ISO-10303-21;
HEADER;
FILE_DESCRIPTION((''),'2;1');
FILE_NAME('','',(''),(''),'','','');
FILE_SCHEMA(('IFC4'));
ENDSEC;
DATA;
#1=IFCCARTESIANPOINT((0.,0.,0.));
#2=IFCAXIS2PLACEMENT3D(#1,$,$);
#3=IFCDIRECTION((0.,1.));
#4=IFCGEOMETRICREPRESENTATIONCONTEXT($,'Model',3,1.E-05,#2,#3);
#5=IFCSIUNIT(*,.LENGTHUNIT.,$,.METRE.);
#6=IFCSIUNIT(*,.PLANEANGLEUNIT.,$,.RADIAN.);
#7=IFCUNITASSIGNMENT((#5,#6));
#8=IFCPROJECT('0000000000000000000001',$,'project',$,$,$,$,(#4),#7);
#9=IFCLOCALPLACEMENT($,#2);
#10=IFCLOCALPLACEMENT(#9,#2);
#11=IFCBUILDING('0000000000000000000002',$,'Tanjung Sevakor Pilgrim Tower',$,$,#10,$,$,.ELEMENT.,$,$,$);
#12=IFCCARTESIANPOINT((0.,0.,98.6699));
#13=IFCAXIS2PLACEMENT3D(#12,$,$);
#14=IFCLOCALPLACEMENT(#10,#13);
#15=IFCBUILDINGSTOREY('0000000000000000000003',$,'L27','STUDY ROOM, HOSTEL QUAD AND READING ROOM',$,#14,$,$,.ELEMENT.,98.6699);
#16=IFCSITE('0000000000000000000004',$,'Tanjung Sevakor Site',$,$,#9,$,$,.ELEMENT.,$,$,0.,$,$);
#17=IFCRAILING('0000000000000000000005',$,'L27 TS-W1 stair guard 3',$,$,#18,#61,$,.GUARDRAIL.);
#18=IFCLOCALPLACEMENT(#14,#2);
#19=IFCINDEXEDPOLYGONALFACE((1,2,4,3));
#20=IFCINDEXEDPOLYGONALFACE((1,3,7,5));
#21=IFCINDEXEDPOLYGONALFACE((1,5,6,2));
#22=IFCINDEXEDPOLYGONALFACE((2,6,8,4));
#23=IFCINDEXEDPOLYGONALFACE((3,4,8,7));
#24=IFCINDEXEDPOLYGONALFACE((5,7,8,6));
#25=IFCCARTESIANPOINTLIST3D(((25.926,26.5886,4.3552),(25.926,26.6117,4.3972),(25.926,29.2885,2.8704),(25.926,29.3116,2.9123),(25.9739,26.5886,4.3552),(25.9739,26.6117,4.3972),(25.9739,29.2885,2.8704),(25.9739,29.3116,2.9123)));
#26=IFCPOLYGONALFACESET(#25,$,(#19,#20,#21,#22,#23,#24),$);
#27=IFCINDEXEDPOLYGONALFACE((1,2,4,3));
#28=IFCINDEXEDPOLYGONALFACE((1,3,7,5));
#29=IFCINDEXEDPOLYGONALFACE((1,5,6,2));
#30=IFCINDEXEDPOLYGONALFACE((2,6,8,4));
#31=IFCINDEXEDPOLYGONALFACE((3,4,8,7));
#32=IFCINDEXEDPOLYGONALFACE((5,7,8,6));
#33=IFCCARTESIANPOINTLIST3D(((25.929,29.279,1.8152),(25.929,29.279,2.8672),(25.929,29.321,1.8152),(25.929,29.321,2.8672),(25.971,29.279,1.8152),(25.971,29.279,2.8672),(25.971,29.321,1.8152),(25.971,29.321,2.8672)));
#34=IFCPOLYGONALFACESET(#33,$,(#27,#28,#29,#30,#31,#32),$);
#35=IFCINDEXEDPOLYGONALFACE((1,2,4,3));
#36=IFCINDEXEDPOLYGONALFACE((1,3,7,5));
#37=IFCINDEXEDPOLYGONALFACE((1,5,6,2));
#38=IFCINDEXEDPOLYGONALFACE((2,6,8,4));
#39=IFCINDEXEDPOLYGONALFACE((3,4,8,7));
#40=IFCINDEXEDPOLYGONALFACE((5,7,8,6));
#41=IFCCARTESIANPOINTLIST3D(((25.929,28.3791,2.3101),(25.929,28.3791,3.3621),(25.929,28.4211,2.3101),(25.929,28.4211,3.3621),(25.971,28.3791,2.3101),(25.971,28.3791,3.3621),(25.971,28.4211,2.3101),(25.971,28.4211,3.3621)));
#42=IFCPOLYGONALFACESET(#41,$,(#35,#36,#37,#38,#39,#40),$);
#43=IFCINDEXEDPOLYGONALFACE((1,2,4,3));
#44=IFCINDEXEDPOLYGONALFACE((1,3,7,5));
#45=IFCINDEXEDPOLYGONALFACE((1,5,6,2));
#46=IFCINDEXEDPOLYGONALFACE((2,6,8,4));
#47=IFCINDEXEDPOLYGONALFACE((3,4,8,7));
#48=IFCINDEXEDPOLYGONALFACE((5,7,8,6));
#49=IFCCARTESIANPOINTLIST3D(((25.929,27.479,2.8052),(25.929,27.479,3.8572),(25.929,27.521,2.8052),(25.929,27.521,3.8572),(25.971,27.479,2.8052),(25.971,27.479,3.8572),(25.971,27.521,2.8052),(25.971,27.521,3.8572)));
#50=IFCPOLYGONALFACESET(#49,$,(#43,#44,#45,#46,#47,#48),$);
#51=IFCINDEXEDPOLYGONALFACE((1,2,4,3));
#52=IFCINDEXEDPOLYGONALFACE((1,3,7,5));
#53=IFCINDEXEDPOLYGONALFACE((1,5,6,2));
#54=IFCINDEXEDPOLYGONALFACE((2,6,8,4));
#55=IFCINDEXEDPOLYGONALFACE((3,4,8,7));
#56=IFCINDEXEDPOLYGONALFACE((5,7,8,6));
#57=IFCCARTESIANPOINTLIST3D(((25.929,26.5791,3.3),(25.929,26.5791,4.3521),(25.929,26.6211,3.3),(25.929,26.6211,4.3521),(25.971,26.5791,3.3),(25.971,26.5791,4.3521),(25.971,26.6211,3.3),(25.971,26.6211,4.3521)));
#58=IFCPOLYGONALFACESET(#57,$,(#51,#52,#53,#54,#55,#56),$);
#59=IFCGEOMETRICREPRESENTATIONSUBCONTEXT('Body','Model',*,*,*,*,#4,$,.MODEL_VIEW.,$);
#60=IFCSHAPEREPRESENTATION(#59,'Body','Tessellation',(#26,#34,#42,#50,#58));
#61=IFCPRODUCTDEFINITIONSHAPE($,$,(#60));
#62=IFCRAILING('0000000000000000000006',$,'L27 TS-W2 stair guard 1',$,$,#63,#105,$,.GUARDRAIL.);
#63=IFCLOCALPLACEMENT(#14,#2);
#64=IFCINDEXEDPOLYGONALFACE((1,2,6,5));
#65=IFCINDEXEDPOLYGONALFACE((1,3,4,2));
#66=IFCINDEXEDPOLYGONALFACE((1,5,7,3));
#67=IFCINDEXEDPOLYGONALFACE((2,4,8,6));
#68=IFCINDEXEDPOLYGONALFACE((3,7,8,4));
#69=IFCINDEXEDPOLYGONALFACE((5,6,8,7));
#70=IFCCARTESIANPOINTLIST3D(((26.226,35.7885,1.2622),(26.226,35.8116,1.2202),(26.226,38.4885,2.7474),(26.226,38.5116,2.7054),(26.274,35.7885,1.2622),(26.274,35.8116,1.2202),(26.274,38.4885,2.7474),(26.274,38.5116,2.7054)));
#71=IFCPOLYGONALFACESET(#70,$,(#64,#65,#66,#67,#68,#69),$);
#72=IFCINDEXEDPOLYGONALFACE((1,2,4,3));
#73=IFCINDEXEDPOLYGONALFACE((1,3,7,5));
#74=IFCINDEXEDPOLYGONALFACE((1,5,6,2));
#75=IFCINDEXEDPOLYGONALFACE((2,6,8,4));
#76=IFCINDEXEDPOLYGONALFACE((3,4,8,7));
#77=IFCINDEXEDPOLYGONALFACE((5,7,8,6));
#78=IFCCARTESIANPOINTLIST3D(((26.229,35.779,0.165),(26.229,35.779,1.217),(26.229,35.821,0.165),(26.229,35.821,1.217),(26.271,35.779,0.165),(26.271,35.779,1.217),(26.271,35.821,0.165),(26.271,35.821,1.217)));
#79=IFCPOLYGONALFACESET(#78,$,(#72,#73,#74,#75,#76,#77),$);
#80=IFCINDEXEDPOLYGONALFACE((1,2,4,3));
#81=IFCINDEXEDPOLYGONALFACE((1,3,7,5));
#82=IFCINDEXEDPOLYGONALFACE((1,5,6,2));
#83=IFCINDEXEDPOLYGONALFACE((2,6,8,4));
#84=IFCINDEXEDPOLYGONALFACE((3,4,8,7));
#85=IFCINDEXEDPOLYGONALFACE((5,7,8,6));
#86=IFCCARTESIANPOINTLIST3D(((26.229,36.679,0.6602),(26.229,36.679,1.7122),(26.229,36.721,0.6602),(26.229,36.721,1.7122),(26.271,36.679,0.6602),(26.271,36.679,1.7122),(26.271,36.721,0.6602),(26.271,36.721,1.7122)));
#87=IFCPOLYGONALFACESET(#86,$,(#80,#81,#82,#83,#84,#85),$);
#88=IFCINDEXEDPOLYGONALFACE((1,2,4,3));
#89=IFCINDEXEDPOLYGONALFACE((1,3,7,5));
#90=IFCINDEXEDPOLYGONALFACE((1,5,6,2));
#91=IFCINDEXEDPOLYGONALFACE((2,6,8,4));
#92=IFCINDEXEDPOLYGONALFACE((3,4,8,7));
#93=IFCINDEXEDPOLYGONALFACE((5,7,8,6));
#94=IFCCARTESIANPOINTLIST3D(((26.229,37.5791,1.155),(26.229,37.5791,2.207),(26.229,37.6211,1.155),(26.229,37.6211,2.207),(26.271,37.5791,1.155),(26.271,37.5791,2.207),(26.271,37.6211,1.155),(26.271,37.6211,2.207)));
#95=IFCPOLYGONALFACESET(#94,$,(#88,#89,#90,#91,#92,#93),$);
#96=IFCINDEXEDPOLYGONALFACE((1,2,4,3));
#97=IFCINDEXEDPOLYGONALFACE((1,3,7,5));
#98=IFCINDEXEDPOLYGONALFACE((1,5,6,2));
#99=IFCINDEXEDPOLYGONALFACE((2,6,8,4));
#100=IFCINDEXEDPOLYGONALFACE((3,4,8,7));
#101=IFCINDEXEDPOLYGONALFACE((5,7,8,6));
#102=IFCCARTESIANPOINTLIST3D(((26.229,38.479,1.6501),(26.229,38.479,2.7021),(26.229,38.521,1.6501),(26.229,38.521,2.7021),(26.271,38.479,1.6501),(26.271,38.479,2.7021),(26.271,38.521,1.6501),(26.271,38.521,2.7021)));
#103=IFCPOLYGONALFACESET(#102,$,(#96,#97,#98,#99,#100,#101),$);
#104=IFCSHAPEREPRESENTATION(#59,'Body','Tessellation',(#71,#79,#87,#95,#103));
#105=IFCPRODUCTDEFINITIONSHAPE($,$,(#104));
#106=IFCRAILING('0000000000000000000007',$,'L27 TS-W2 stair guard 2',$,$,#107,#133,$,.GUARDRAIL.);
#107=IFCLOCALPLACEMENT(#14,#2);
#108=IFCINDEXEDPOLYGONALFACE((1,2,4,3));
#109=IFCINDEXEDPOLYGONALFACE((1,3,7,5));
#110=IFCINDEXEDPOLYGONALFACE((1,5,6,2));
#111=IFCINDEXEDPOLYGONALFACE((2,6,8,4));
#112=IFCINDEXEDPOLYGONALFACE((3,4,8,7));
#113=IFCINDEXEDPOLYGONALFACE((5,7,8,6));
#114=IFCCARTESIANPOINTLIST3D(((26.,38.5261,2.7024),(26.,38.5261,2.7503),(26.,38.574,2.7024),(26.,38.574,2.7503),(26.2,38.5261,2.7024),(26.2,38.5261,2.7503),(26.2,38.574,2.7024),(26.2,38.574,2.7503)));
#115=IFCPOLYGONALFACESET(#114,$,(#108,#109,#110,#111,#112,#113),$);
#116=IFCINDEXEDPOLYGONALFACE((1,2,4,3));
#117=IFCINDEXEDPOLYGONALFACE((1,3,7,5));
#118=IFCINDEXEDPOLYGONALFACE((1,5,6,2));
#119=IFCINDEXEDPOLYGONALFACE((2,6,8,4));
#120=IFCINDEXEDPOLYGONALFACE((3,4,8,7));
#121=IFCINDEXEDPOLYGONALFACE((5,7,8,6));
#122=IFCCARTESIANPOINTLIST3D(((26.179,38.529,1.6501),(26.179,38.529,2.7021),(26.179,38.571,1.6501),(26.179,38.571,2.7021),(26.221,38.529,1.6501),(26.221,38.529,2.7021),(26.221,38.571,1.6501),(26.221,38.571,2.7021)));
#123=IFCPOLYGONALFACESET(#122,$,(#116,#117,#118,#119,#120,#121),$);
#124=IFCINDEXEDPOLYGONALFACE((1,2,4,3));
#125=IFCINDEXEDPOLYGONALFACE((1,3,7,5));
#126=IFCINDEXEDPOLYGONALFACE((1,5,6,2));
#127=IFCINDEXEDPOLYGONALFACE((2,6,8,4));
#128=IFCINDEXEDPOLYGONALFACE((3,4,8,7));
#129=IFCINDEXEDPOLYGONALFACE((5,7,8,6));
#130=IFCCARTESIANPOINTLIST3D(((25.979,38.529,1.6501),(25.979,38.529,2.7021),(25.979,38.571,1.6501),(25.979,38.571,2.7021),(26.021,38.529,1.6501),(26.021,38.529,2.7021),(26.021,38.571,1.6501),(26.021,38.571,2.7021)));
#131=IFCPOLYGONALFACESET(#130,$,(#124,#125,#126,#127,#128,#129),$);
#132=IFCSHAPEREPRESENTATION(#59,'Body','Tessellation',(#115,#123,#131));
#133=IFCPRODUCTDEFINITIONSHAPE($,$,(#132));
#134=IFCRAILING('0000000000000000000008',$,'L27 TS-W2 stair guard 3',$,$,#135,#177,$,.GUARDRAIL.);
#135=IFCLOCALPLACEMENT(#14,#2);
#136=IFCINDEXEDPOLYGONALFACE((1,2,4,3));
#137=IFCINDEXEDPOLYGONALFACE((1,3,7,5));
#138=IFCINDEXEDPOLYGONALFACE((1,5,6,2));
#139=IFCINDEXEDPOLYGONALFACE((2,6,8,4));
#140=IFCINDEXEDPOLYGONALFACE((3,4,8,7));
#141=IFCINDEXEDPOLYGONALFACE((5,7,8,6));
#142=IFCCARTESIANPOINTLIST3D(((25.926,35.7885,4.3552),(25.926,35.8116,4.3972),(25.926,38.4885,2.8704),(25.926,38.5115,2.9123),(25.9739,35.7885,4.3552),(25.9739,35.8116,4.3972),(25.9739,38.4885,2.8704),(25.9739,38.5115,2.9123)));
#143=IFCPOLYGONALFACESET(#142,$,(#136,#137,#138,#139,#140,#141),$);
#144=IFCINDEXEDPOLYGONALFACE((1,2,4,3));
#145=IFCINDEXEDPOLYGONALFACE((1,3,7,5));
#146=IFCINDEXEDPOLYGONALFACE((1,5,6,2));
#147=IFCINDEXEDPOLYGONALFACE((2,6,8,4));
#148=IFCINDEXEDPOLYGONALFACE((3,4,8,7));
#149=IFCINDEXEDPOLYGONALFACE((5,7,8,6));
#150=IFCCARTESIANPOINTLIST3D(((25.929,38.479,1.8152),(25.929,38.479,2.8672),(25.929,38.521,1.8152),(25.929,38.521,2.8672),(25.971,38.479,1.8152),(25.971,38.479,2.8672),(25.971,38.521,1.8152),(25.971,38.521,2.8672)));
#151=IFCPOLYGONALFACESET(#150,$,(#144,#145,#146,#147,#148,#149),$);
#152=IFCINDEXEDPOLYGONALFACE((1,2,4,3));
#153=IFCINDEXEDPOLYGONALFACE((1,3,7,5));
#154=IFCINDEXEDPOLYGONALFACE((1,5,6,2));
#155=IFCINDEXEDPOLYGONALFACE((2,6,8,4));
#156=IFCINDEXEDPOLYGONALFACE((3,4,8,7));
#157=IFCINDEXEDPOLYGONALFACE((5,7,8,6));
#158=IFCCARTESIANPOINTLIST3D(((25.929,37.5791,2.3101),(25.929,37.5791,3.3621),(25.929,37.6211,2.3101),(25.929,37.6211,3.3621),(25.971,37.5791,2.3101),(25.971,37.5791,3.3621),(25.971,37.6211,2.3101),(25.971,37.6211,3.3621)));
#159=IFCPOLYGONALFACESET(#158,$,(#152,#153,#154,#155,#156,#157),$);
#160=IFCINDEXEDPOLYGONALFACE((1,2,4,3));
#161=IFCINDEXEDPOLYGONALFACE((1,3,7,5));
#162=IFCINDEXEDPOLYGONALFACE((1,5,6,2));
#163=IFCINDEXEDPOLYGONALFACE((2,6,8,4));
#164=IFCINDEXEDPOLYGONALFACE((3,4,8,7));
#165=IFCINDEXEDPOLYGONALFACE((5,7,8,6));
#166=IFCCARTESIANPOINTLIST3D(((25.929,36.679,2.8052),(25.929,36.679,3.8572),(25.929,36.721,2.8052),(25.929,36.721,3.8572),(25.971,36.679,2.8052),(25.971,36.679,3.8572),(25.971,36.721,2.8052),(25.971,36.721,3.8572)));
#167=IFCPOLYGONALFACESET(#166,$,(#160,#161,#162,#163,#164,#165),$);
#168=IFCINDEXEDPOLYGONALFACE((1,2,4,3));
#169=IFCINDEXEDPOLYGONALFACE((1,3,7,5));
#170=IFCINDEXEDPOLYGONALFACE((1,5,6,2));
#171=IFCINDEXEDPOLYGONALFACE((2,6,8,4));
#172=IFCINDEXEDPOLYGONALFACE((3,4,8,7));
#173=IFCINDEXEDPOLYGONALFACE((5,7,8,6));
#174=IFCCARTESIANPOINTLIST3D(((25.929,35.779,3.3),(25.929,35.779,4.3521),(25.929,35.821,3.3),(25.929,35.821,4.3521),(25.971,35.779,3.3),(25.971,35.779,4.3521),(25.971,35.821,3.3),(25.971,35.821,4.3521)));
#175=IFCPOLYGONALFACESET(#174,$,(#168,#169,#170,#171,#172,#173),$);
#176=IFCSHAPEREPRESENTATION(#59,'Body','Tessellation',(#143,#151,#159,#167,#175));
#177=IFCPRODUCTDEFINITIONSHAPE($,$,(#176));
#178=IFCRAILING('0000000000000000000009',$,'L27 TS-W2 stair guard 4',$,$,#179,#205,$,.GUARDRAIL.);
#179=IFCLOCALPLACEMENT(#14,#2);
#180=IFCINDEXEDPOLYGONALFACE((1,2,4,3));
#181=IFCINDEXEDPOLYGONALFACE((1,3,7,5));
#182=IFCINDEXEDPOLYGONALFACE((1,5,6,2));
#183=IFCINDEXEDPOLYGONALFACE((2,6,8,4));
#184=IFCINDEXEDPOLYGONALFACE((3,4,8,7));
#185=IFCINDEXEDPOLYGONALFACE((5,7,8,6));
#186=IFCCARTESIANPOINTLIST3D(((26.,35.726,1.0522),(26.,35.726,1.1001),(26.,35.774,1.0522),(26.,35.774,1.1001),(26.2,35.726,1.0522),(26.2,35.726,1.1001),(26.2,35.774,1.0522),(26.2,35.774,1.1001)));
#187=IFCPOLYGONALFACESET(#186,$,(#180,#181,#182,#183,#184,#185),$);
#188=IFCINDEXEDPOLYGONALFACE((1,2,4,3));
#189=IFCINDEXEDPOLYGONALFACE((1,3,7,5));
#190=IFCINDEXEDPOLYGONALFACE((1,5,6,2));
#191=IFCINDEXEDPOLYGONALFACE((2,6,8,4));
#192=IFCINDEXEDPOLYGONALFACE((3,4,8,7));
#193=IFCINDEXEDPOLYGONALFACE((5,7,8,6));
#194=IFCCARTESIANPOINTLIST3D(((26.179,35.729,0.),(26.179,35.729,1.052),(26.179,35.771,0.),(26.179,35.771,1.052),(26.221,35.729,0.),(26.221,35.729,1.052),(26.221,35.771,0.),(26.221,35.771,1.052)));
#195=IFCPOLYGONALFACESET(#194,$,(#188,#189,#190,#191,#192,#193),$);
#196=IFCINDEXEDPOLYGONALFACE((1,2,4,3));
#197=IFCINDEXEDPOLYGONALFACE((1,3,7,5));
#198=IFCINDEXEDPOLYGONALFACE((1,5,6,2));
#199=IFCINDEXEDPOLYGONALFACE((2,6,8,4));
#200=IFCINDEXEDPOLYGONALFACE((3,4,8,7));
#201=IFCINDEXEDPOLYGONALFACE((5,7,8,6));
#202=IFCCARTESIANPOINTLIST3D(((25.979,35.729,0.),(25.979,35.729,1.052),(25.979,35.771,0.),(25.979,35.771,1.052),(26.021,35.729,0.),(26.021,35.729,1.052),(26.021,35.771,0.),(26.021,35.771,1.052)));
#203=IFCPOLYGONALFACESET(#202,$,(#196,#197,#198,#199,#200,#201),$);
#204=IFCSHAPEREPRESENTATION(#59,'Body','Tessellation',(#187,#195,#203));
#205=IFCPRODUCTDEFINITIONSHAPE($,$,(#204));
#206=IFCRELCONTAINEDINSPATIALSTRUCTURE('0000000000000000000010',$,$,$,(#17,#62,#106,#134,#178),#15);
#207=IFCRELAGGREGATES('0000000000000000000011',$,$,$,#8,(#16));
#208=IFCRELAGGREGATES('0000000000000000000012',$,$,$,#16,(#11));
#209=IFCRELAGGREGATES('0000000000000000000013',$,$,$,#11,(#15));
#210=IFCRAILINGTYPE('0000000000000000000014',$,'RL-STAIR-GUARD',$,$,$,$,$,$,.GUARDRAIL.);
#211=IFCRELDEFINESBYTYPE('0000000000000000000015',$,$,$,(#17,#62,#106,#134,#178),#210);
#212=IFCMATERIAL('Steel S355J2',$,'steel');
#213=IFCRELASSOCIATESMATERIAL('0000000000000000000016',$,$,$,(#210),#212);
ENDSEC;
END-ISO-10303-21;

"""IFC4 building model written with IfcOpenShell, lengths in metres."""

from ifc_helpers import new_model, si_unit, direction, frame, origin, place, context, subcontext, project, spatial, rectangle, extrude, material, type_object, element, save


model = new_model("IFC4")

# Units and contexts
model_context = context("Model", 3, precision=1e-05, world=origin(), true_north=direction((0.0, 1.0)))
body_context = subcontext(model_context, "Body", "Model", "MODEL_VIEW")
ifc_project = project(units=[si_unit("LENGTHUNIT", "METRE"), si_unit("PLANEANGLEUNIT", "RADIAN")], contexts=[model_context])

# Site, building, storey
site_placement = place(None, origin())
site = spatial("IfcSite", under=ifc_project, at=site_placement, Name="Tanjung Sevakor Site", CompositionType="ELEMENT", RefElevation=0.0)
building_placement = place(site_placement, origin())
building = spatial("IfcBuilding", under=site, at=building_placement, Name="Tanjung Sevakor Pilgrim Tower", CompositionType="ELEMENT")
storey_placement = place(building_placement, frame((0.0, 0.0, 98.6699)))
storey = spatial("IfcBuildingStorey", under=building, at=storey_placement, Name="L27", Description="STUDY ROOM, HOSTEL QUAD AND READING ROOM", CompositionType="ELEMENT", Elevation=98.6699)

# Railings
ifc_material_1 = material(Name="Steel S355J2", Category="steel")
railing_type_1 = type_object("IfcRailingType", Name="RL-STAIR-GUARD", PredefinedType="GUARDRAIL", material=ifc_material_1)
railing_1_placement = place(storey_placement, frame((25.95, 29.3, 1.8152)))
element("IfcRailing", 1, at=railing_1_placement, inside=storey, type_object=railing_type_1, Name="L27 TS-W1 stair guard 3", PredefinedType="GUARDRAIL", context=body_context, shape_type="SweptSolid", body=[
    extrude(rectangle(XDim=0.0479, YDim=0.0479), frame((0.0, 0.0, 1.0762), z_axis=(0.0, -0.876231, 0.481891), x_axis=(1.0, 0.0, 0.0)), (0.0, 0.0, 1.0), 3.0813),
    extrude(rectangle(XDim=0.042, YDim=0.042), origin(), (0.0, 0.0, 1.0), 1.052),
    extrude(rectangle(XDim=0.042, YDim=0.042), frame((0.0, -0.8999, 0.4949)), (0.0, 0.0, 1.0), 1.052),
    extrude(rectangle(XDim=0.042, YDim=0.042), frame((0.0, -1.8, 0.99)), (0.0, 0.0, 1.0), 1.052),
    extrude(rectangle(XDim=0.042, YDim=0.042), frame((0.0, -2.7, 1.4849)), (0.0, 0.0, 1.0), 1.052),
])
railing_2_placement = place(storey_placement, frame((26.25, 35.8, 0.165)))
element("IfcRailing", 2, at=railing_2_placement, inside=storey, type_object=railing_type_1, Name="L27 TS-W2 stair guard 1", PredefinedType="GUARDRAIL", context=body_context, shape_type="SweptSolid", body=[
    extrude(rectangle(XDim=0.0479, YDim=0.0479), frame((0.0, 0.0, 1.0762), z_axis=(0.0, 0.876198, 0.481952), x_axis=(-1.0, 0.0, 0.0)), (0.0, 0.0, 1.0), 3.0815),
    extrude(rectangle(XDim=0.042, YDim=0.042), origin(), (0.0, 0.0, 1.0), 1.052),
    extrude(rectangle(XDim=0.042, YDim=0.042), frame((0.0, 0.8999, 0.4951)), (0.0, 0.0, 1.0), 1.052),
    extrude(rectangle(XDim=0.042, YDim=0.042), frame((0.0, 1.8, 0.99)), (0.0, 0.0, 1.0), 1.052),
    extrude(rectangle(XDim=0.042, YDim=0.042), frame((0.0, 2.7, 1.4851)), (0.0, 0.0, 1.0), 1.052),
])
railing_3_placement = place(storey_placement, frame((26.2, 38.55, 1.6501)))
element("IfcRailing", 3, at=railing_3_placement, inside=storey, type_object=railing_type_1, Name="L27 TS-W2 stair guard 2", PredefinedType="GUARDRAIL", context=body_context, shape_type="SweptSolid", body=[
    extrude(rectangle(XDim=0.0479, YDim=0.0479), frame((0.0, 0.0, 1.0762), z_axis=(-1.0, 0.0, 0.0), x_axis=(0.0, -1.0, 0.0)), (0.0, 0.0, 1.0), 0.2),
    extrude(rectangle(XDim=0.042, YDim=0.042), origin(), (0.0, 0.0, 1.0), 1.052),
    extrude(rectangle(XDim=0.042, YDim=0.042), frame((-0.2, 0.0, 0.0)), (0.0, 0.0, 1.0), 1.052),
])
railing_4_placement = place(storey_placement, frame((25.95, 38.5, 1.8152)))
element("IfcRailing", 4, at=railing_4_placement, inside=storey, type_object=railing_type_1, Name="L27 TS-W2 stair guard 3", PredefinedType="GUARDRAIL", context=body_context, shape_type="SweptSolid", body=[
    extrude(rectangle(XDim=0.0479, YDim=0.0479), frame((0.0, 0.0, 1.0762), z_axis=(0.0, -0.876231, 0.481891), x_axis=(1.0, 0.0, 0.0)), (0.0, 0.0, 1.0), 3.0813),
    extrude(rectangle(XDim=0.042, YDim=0.042), origin(), (0.0, 0.0, 1.0), 1.052),
    extrude(rectangle(XDim=0.042, YDim=0.042), frame((0.0, -0.8999, 0.4949)), (0.0, 0.0, 1.0), 1.052),
    extrude(rectangle(XDim=0.042, YDim=0.042), frame((0.0, -1.8, 0.99)), (0.0, 0.0, 1.0), 1.052),
    extrude(rectangle(XDim=0.042, YDim=0.042), frame((0.0, -2.7, 1.4849)), (0.0, 0.0, 1.0), 1.052),
])
railing_5_placement = place(storey_placement, frame((26.2, 35.75, 0.0)))
element("IfcRailing", 5, at=railing_5_placement, inside=storey, type_object=railing_type_1, Name="L27 TS-W2 stair guard 4", PredefinedType="GUARDRAIL", context=body_context, shape_type="SweptSolid", body=[
    extrude(rectangle(XDim=0.0479, YDim=0.0479), frame((0.0, 0.0, 1.0762), z_axis=(-1.0, 0.0, 0.0), x_axis=(0.0, -1.0, 0.0)), (0.0, 0.0, 1.0), 0.2),
    extrude(rectangle(XDim=0.042, YDim=0.042), origin(), (0.0, 0.0, 1.0), 1.052),
    extrude(rectangle(XDim=0.042, YDim=0.042), frame((-0.2, 0.0, 0.0)), (0.0, 0.0, 1.0), 1.052),
])

save(model, "model.ifc")
